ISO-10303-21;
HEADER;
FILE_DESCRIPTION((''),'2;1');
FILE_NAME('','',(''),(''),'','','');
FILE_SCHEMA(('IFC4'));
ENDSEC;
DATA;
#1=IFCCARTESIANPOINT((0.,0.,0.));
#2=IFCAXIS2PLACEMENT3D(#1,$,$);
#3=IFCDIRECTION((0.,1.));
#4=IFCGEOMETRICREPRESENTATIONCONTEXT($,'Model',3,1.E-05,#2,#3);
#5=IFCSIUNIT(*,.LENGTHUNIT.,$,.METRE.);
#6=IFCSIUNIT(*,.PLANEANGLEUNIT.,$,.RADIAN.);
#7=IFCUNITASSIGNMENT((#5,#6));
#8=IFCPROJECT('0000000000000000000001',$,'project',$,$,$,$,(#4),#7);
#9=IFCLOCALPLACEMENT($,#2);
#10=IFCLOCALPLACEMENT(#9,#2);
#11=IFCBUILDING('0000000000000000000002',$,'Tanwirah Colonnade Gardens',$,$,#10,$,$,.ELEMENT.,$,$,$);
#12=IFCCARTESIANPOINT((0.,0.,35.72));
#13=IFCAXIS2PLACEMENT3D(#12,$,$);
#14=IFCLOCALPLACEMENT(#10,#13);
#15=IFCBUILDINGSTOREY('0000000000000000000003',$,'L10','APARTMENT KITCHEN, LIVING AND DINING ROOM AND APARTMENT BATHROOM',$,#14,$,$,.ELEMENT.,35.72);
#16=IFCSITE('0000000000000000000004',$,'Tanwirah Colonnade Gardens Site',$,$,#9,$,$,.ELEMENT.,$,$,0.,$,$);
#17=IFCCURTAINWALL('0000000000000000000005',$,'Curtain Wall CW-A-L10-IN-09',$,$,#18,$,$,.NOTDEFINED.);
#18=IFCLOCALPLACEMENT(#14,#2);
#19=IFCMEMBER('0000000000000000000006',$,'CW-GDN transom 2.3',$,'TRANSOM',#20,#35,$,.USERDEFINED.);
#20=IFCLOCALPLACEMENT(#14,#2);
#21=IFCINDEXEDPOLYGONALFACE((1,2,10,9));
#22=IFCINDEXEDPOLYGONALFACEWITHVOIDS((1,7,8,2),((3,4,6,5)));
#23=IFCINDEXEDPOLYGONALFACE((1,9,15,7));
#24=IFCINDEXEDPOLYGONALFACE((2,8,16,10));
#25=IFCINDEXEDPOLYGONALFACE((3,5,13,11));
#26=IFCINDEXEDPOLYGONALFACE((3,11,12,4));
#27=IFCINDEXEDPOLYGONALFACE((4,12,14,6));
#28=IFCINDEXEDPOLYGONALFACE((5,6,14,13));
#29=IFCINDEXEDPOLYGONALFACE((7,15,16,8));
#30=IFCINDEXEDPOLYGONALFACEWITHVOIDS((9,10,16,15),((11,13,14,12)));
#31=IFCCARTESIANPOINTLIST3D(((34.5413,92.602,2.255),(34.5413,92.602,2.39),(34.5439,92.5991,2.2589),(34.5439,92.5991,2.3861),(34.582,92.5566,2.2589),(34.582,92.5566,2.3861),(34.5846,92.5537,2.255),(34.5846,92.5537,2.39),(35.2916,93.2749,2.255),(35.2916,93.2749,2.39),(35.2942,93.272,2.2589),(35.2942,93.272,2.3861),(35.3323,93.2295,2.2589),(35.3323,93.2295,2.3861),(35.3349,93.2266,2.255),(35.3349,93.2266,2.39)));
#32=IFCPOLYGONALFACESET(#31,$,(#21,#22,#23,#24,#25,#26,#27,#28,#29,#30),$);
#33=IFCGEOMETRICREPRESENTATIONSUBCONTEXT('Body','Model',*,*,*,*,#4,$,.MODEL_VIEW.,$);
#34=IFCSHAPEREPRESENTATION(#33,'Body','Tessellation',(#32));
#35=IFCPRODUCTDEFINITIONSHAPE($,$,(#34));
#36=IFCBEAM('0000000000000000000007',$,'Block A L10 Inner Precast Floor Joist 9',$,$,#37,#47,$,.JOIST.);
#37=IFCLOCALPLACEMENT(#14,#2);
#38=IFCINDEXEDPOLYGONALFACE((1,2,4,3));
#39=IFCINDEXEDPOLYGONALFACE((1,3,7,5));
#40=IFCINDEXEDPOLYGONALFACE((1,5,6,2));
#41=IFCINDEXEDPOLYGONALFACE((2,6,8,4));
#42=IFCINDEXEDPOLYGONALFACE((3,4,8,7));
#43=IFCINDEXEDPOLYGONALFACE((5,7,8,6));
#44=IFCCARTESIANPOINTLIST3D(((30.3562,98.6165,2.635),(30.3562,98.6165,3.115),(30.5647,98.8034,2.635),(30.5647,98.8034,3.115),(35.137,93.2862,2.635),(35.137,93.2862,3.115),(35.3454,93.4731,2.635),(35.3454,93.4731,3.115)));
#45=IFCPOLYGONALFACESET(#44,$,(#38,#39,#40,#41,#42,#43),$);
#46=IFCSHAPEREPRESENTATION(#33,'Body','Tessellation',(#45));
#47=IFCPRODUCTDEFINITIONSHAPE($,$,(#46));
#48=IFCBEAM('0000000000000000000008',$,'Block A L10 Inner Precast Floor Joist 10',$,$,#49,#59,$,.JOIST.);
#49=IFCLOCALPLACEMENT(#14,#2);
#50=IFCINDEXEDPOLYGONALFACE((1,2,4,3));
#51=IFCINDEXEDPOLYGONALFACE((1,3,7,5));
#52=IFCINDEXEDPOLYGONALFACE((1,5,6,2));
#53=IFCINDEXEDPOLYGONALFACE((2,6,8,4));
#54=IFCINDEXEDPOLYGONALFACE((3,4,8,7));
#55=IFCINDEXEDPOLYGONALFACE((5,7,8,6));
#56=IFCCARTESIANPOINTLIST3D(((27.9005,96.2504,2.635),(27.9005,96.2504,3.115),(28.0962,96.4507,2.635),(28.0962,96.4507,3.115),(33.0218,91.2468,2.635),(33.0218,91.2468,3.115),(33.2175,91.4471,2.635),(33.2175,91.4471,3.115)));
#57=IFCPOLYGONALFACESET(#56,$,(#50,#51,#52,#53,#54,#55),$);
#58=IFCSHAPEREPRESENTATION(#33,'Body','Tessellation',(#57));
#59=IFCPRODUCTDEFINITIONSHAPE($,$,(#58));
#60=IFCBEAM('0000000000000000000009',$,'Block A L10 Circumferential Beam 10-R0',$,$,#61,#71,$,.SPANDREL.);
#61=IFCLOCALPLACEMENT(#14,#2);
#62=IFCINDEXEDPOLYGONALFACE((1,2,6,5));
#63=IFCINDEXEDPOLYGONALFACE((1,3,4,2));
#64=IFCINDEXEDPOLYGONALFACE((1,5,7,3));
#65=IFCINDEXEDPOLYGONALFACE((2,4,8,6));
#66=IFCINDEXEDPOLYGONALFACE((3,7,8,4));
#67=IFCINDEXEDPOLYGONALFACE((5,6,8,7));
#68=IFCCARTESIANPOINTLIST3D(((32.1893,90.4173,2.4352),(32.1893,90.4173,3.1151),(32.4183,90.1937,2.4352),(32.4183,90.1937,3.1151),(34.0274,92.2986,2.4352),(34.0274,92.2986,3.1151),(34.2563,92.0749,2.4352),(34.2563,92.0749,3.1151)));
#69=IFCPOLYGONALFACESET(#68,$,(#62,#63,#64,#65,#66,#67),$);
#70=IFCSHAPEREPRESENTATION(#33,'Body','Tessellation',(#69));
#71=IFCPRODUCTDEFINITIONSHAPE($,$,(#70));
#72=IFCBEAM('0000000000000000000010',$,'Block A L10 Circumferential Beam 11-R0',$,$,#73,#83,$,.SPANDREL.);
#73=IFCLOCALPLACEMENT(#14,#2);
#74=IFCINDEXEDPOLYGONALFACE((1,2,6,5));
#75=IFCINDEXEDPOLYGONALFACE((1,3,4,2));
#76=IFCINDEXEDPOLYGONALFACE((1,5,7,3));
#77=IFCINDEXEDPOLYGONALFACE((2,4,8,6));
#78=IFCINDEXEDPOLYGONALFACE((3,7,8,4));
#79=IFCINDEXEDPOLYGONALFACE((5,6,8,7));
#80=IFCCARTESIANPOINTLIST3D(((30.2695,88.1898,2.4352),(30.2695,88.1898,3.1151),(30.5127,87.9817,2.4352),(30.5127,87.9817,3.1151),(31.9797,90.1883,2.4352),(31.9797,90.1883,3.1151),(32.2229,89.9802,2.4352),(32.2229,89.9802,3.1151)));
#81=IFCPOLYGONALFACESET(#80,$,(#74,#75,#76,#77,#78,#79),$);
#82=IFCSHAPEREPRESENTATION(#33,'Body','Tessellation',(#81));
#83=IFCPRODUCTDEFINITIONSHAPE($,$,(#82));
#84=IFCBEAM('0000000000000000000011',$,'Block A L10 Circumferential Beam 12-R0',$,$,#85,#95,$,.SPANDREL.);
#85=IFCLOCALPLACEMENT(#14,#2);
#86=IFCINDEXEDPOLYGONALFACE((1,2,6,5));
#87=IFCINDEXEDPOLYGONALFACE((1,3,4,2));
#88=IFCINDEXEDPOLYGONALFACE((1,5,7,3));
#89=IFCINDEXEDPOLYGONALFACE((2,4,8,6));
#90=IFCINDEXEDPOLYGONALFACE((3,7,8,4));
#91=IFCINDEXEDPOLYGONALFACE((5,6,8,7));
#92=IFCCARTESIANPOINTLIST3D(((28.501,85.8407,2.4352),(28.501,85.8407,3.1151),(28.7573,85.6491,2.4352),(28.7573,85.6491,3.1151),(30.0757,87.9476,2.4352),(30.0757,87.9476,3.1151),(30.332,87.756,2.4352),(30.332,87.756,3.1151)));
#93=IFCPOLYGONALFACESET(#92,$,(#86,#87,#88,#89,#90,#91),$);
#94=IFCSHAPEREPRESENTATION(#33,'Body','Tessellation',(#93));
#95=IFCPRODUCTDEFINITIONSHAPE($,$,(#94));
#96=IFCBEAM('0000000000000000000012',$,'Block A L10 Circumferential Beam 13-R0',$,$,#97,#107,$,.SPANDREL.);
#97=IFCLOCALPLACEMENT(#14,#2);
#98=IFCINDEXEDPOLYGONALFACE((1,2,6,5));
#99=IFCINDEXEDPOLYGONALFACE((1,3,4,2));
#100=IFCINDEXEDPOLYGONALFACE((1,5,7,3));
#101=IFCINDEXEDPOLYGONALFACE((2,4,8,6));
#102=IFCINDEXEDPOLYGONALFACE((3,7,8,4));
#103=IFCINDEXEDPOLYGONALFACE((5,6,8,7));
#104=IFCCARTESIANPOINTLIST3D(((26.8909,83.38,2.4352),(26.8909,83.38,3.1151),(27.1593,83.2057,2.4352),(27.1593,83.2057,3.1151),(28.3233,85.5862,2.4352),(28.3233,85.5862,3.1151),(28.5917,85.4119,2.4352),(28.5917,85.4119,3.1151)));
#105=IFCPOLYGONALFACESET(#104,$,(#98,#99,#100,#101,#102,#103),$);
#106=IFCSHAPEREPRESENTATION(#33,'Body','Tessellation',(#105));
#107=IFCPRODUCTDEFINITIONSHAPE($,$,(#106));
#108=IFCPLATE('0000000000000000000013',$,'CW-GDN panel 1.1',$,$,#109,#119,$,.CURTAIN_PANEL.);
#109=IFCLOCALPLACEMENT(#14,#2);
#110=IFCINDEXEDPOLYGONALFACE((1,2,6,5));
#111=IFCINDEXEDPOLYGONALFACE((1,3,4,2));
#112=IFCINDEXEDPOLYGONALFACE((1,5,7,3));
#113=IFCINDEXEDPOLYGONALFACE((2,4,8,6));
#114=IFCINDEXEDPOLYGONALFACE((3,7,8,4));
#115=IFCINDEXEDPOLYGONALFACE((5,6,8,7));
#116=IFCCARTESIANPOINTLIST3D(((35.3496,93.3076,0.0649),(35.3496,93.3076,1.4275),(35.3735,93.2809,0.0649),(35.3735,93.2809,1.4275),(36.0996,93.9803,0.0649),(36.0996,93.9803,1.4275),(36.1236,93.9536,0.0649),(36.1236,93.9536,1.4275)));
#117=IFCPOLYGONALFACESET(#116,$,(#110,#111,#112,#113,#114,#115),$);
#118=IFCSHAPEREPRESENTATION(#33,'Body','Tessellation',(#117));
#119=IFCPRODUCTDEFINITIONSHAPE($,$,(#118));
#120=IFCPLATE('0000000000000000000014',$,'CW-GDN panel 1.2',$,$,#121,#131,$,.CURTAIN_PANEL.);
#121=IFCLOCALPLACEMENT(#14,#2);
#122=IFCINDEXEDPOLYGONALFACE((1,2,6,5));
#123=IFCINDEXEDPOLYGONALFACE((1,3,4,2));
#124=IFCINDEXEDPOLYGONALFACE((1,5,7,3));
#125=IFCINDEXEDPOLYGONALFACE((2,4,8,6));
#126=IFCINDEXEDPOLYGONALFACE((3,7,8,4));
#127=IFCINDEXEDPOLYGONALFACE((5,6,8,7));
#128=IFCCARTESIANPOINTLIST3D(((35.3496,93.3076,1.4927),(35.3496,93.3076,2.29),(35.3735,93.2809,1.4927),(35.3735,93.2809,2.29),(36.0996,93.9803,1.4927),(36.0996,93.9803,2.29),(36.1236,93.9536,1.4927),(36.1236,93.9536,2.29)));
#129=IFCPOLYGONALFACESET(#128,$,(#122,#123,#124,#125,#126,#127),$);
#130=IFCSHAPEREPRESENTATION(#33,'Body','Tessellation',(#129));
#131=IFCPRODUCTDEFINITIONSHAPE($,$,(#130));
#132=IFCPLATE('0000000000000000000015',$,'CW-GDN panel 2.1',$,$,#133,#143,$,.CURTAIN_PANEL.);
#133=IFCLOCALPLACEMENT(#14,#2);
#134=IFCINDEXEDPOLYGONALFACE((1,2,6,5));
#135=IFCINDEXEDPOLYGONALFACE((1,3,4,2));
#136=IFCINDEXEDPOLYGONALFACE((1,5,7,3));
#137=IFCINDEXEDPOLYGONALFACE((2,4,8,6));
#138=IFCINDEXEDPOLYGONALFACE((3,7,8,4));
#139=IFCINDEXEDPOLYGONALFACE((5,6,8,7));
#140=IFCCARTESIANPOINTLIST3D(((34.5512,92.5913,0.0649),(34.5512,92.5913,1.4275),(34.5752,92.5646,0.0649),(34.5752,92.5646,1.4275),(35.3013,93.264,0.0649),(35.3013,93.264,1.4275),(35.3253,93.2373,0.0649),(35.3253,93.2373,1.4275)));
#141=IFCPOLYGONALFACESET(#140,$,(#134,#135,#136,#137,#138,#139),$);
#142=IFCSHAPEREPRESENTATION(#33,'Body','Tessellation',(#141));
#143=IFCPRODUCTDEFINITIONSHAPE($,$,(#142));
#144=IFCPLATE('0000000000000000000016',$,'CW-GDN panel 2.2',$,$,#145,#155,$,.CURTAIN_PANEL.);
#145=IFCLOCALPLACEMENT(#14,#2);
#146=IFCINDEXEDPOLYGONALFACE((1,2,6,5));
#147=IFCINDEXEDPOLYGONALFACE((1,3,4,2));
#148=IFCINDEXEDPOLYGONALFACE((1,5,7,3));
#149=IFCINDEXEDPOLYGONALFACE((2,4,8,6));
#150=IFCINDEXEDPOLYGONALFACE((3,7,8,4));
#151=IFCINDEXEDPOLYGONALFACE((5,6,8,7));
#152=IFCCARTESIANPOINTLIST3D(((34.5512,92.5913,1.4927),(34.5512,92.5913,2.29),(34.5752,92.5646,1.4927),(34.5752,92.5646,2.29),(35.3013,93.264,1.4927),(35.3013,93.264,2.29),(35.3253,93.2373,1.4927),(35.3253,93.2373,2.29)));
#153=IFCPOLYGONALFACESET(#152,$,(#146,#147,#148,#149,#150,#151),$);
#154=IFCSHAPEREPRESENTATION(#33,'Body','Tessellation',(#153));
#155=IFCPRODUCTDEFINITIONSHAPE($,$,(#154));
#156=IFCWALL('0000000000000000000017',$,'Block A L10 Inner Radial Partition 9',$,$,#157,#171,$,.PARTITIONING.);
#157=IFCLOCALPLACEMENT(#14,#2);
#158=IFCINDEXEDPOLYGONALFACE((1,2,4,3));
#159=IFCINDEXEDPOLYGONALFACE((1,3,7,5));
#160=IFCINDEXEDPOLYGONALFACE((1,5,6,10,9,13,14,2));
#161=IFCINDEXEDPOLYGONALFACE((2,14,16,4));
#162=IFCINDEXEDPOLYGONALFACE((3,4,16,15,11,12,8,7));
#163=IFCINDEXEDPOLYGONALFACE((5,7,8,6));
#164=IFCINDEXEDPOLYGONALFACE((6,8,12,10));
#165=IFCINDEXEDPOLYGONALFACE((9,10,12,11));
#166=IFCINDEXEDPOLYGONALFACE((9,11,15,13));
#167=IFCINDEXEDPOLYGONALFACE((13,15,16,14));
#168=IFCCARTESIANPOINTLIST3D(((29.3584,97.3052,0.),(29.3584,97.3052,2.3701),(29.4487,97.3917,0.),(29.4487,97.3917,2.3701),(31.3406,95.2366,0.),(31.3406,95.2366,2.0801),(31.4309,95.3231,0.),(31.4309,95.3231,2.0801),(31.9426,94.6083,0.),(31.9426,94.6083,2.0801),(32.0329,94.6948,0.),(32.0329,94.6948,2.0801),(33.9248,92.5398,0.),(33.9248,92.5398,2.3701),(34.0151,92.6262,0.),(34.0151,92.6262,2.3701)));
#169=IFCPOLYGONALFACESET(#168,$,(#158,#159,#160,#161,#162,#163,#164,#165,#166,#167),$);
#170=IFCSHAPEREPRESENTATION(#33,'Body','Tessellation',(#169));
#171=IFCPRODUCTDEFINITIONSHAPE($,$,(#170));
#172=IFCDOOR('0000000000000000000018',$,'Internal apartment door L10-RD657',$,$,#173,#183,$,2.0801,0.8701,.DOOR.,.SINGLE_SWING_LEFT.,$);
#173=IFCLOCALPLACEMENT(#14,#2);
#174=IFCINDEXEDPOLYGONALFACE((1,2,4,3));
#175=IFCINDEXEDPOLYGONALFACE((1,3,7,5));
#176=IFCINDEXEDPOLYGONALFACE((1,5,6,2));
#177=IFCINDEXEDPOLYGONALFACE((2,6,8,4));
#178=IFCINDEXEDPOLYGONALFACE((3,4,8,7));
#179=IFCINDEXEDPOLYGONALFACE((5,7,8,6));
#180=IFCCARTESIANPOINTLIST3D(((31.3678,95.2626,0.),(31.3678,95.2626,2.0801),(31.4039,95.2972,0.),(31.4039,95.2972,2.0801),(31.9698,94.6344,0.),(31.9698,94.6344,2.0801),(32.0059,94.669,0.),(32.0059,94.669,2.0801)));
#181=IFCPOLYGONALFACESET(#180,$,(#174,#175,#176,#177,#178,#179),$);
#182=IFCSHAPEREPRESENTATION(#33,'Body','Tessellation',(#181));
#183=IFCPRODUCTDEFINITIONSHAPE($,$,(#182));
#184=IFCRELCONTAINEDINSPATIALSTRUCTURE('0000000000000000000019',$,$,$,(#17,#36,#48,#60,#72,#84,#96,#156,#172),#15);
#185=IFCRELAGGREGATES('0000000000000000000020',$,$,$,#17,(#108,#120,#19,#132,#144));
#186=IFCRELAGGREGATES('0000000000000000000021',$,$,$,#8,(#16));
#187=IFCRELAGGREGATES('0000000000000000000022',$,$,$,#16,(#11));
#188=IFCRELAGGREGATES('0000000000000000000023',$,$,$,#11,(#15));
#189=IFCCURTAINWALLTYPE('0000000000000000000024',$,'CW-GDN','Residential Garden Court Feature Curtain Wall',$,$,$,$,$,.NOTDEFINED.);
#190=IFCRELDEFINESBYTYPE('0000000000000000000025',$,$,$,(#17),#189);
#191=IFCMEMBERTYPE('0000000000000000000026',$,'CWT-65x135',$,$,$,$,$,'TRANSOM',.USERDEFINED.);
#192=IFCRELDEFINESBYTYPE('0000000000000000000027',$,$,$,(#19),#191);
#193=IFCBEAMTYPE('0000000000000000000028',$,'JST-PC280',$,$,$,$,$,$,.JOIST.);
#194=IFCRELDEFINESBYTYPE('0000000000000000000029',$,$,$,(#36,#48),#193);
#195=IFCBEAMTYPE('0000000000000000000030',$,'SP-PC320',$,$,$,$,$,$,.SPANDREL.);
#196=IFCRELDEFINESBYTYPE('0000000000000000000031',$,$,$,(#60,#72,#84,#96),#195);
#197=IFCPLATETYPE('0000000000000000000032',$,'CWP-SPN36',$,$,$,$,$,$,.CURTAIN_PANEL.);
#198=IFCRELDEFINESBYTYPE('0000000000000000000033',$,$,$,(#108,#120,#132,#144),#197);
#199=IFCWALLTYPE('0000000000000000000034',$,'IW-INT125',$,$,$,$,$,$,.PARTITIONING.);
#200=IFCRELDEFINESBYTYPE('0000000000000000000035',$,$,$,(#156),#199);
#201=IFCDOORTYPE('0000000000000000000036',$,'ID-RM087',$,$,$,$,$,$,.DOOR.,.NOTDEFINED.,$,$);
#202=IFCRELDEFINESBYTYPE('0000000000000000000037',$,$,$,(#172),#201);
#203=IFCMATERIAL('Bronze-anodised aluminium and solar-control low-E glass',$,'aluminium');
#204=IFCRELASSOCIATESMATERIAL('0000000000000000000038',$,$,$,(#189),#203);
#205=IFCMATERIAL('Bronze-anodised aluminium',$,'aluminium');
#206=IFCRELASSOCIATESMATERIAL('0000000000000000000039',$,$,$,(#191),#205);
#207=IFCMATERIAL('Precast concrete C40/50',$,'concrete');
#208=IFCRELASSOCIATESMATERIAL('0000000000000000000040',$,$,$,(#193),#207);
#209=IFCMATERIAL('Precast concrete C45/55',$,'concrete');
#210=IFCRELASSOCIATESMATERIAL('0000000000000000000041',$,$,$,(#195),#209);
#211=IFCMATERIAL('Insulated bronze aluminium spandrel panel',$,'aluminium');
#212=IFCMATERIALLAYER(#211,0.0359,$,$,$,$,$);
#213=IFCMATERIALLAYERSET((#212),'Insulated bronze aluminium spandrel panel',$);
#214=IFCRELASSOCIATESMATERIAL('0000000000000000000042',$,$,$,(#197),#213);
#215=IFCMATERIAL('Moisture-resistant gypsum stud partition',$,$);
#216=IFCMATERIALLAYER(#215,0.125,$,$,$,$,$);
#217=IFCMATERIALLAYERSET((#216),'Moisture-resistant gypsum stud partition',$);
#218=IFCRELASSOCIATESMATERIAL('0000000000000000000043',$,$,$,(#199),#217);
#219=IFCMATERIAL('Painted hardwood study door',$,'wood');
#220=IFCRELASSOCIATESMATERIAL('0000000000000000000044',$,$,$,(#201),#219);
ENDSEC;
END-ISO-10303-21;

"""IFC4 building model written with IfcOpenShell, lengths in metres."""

from ifc_helpers import new_model, si_unit, direction, frame, frame_2d, origin, origin_2d, place, context, subcontext, project, spatial, rectangle, hollow_rectangle, extrude, material, layer, layer_set, material_profile, profile_set, type_object, element, fill, aggregate, save


model = new_model("IFC4")

# Units and contexts
model_context = context("Model", 3, precision=1e-05, world=origin(), true_north=direction((0.0, 1.0)))
body_context = subcontext(model_context, "Body", "Model", "MODEL_VIEW")
ifc_project = project(units=[si_unit("LENGTHUNIT", "METRE"), si_unit("PLANEANGLEUNIT", "RADIAN")], contexts=[model_context])

# Site, building, storey
site_placement = place(None, origin())
site = spatial("IfcSite", under=ifc_project, at=site_placement, Name="Tanwirah Colonnade Gardens Site", CompositionType="ELEMENT", RefElevation=0.0)
building_placement = place(site_placement, origin())
building = spatial("IfcBuilding", under=site, at=building_placement, Name="Tanwirah Colonnade Gardens", CompositionType="ELEMENT")
storey_placement = place(building_placement, frame((0.0, 0.0, 35.72)))
storey = spatial("IfcBuildingStorey", under=building, at=storey_placement, Name="L10", Description="APARTMENT KITCHEN, LIVING AND DINING ROOM AND APARTMENT BATHROOM", CompositionType="ELEMENT", Elevation=35.72)

# Shared definitions
ifc_material_1 = material(Name="Precast concrete C40/50", Category="concrete")

# Curtain wall, member
ifc_material_2 = material(Name="Bronze-anodised aluminium and solar-control low-E glass", Category="aluminium")
curtain_wall_type = type_object("IfcCurtainWallType", Name="CW-GDN", Description="Residential Garden Court Feature Curtain Wall", PredefinedType="NOTDEFINED", material=ifc_material_2)
curtain_wall_placement = place(storey_placement, origin())
curtain_wall = element("IfcCurtainWall", 1, at=curtain_wall_placement, inside=storey, type_object=curtain_wall_type, Name="Curtain Wall CW-A-L10-IN-09", PredefinedType="NOTDEFINED")
ifc_material_3 = material(Name="Bronze-anodised aluminium", Category="aluminium")
ifc_material_profile_1 = material_profile(ifc_material_3, hollow_rectangle(XDim=0.0649, YDim=0.135, WallThickness=0.0039, at=origin_2d()), Name="CW-TRN 65x135x4")
ifc_profile_set_1 = profile_set([ifc_material_profile_1], Name="Bronze-anodised aluminium")
member_type_1 = type_object("IfcMemberType", Name="CWT-65x135", ElementType="TRANSOM", PredefinedType="USERDEFINED", material=ifc_profile_set_1)
member_1_placement = place(storey_placement, frame((35.3132, 93.2507, 2.3225), z_axis=(-0.744461, -0.667665, 0.0), x_axis=(0.667665, -0.744461, 0.0)))
member_1 = element("IfcMember", 2, at=member_1_placement, type_object=member_type_1, Name="CW-GDN transom 2.3", ObjectType="TRANSOM", PredefinedType="USERDEFINED", context=body_context, shape_type="SweptSolid", body=[
    extrude(hollow_rectangle(XDim=0.0649, YDim=0.135, WallThickness=0.0039, at=origin_2d()), origin(), (0.0, 0.0, 1.0), 1.0078),
])

# Beams
ifc_material_profile_2 = material_profile(ifc_material_1, rectangle(XDim=0.28, YDim=0.48, at=origin_2d()), Name="PC-JST 280x480")
ifc_profile_set_2 = profile_set([ifc_material_profile_2], Name="Precast concrete C40/50")
beam_type_1 = type_object("IfcBeamType", Name="JST-PC280", PredefinedType="JOIST", material=ifc_profile_set_2)
beam_1_placement = place(storey_placement, frame((35.2412, 93.3796, 2.875), z_axis=(-0.667688, 0.744441, 0.0), x_axis=(-0.744441, -0.667688, 0.0)))
element("IfcBeam", 3, at=beam_1_placement, inside=storey, type_object=beam_type_1, Name="Block A L10 Inner Precast Floor Joist 9", PredefinedType="JOIST", context=body_context, shape_type="SweptSolid", body=[
    extrude(rectangle(XDim=0.28, YDim=0.48, at=origin_2d()), origin(), (0.0, 0.0, 1.0), 7.1602),
])
beam_2_placement = place(storey_placement, frame((33.1196, 91.3469, 2.875), z_axis=(-0.715277, 0.698841, 0.0), x_axis=(-0.698841, -0.715277, 0.0)))
element("IfcBeam", 4, at=beam_2_placement, inside=storey, type_object=beam_type_1, Name="Block A L10 Inner Precast Floor Joist 10", PredefinedType="JOIST", context=body_context, shape_type="SweptSolid", body=[
    extrude(rectangle(XDim=0.28, YDim=0.48, at=origin_2d()), origin(), (0.0, 0.0, 1.0), 7.1599),
])
ifc_material_4 = material(Name="Precast concrete C45/55", Category="concrete")
ifc_material_profile_3 = material_profile(ifc_material_4, rectangle(XDim=0.3201, YDim=0.6799, at=origin_2d()), Name="PC-SP 320x680")
ifc_profile_set_3 = profile_set([ifc_material_profile_3], Name="Precast concrete C45/55")
beam_type_2 = type_object("IfcBeamType", Name="SP-PC320", PredefinedType="SPANDREL", material=ifc_profile_set_3)
beam_3_placement = place(storey_placement, frame((34.1418, 92.1868, 2.7751), z_axis=(-0.698844, -0.715274, 0.0), x_axis=(0.715274, -0.698844, 0.0)))
element("IfcBeam", 5, at=beam_3_placement, inside=storey, type_object=beam_type_2, Name="Block A L10 Circumferential Beam 10-R0", PredefinedType="SPANDREL", context=body_context, shape_type="SweptSolid", body=[
    extrude(rectangle(XDim=0.3201, YDim=0.6799, at=origin_2d()), origin(), (0.0, 0.0, 1.0), 2.6301),
])
for number, where, z_axis, x_axis, name in (
    (6, (32.1013, 90.0842, 2.7751), (-0.650172, -0.759787, 0.0), (0.759787, -0.650172, 0.0), "Block A L10 Circumferential Beam 11-R0"),
    (7, (30.2039, 87.8518, 2.7751), (-0.598663, -0.801001, 0.0), (0.801001, -0.598663, 0.0), "Block A L10 Circumferential Beam 12-R0"),
    (8, (28.4575, 85.499, 2.7751), (-0.544571, -0.838715, 0.0), (0.838715, -0.544571, 0.0), "Block A L10 Circumferential Beam 13-R0"),
):
    element("IfcBeam", number, at=place(storey_placement, frame(where, z_axis=z_axis, x_axis=x_axis)), inside=storey, type_object=beam_type_2, Name=name, PredefinedType="SPANDREL", context=body_context, shape_type="SweptSolid", body=[
        extrude(rectangle(XDim=0.3201, YDim=0.6799, at=origin_2d()), origin(), (0.0, 0.0, 1.0), 2.6304),
    ])

# Plates
ifc_material_5 = material(Name="Insulated bronze aluminium spandrel panel", Category="aluminium")
ifc_layer_1 = layer(ifc_material_5, 0.0359)
ifc_layer_set_1 = layer_set([ifc_layer_1], Name="Insulated bronze aluminium spandrel panel")
plate_type = type_object("IfcPlateType", Name="CWP-SPN36", PredefinedType="CURTAIN_PANEL", material=ifc_layer_set_1)
plate_1_placement = place(storey_placement, frame((35.7366, 93.6306, 0.0649), z_axis=(0.0, 0.0, 1.0), x_axis=(-0.74444, -0.667689, 0.0)))
plate_1 = element("IfcPlate", 9, at=plate_1_placement, type_object=plate_type, Name="CW-GDN panel 1.1", PredefinedType="CURTAIN_PANEL", context=body_context, shape_type="SweptSolid", body=[
    extrude(rectangle(XDim=1.0076, YDim=0.0359, at=origin_2d()), origin(), (0.0, 0.0, 1.0), 1.3625),
])
plate_2_placement = place(storey_placement, frame((35.7366, 93.6306, 1.4927), z_axis=(0.0, 0.0, 1.0), x_axis=(-0.74444, -0.667689, 0.0)))
plate_2 = element("IfcPlate", 10, at=plate_2_placement, type_object=plate_type, Name="CW-GDN panel 1.2", PredefinedType="CURTAIN_PANEL", context=body_context, shape_type="SweptSolid", body=[
    extrude(rectangle(XDim=1.0076, YDim=0.0359, at=origin_2d()), origin(), (0.0, 0.0, 1.0), 0.7974),
])
plate_3_placement = place(storey_placement, frame((34.9382, 92.9143, 0.0649), z_axis=(0.0, 0.0, 1.0), x_axis=(-0.74444, -0.667689, 0.0)))
plate_3 = element("IfcPlate", 11, at=plate_3_placement, type_object=plate_type, Name="CW-GDN panel 2.1", PredefinedType="CURTAIN_PANEL", context=body_context, shape_type="SweptSolid", body=[
    extrude(rectangle(XDim=1.0076, YDim=0.0359, at=origin_2d()), origin(), (0.0, 0.0, 1.0), 1.3625),
])
plate_4_placement = place(storey_placement, frame((34.9382, 92.9143, 1.4927), z_axis=(0.0, 0.0, 1.0), x_axis=(-0.74444, -0.667689, 0.0)))
plate_4 = element("IfcPlate", 12, at=plate_4_placement, type_object=plate_type, Name="CW-GDN panel 2.2", PredefinedType="CURTAIN_PANEL", context=body_context, shape_type="SweptSolid", body=[
    extrude(rectangle(XDim=1.0076, YDim=0.0359, at=origin_2d()), origin(), (0.0, 0.0, 1.0), 0.7974),
])
aggregate(curtain_wall, [plate_1, plate_2, member_1, plate_3, plate_4])

# Wall, opening, door
ifc_material_6 = material(Name="Moisture-resistant gypsum stud partition")
ifc_layer_2 = layer(ifc_material_6, 0.125)
ifc_layer_set_2 = layer_set([ifc_layer_2], Name="Moisture-resistant gypsum stud partition")
wall_type_1 = type_object("IfcWallType", Name="IW-INT125", PredefinedType="PARTITIONING", material=ifc_layer_set_2)
wall_1_placement = place(storey_placement, frame((33.97, 92.583, 0.0), z_axis=(0.0, 0.0, 1.0), x_axis=(-0.691872, 0.72202, 0.0)))
wall_1 = element("IfcWall", 13, at=wall_1_placement, inside=storey, type_object=wall_type_1, Name="Block A L10 Inner Radial Partition 9", PredefinedType="PARTITIONING", context=body_context, shape_type="SweptSolid", body=[
    extrude(rectangle(XDim=6.6001, YDim=0.125, at=frame_2d((3.3, 0.0))), origin(), (0.0, 0.0, 1.0), 2.3701),
])
opening_placement = place(wall_1_placement, frame((2.865, 0.0, 0.0)))
opening = element("IfcOpeningElement", 14, at=opening_placement, cuts=wall_1, PredefinedType="OPENING", context=body_context, shape_type="SweptSolid", body=[
    extrude(rectangle(XDim=0.8701, YDim=2.0801, at=frame_2d((0.4351, 1.04))), frame((0.0, 0.0725, 0.0), z_axis=(0.0, -1.0, 0.0), x_axis=(1.0, 0.0, 0.0)), (0.0, 0.0, 1.0), 0.145),
])
ifc_material_7 = material(Name="Painted hardwood study door", Category="wood")
door_type = type_object("IfcDoorType", Name="ID-RM087", OperationType="NOTDEFINED", PredefinedType="DOOR", material=ifc_material_7)
door_placement = place(opening_placement, origin())
door = element("IfcDoor", 15, at=door_placement, inside=storey, type_object=door_type, Name="Internal apartment door L10-RD657", OperationType="SINGLE_SWING_LEFT", OverallHeight=2.0801, OverallWidth=0.8701, PredefinedType="DOOR", context=body_context, shape_type="SweptSolid", body=[
    extrude(rectangle(XDim=0.8701, YDim=2.0801, at=frame_2d((0.4351, 1.04))), frame((0.0, 0.0249, 0.0), z_axis=(0.0, -1.0, 0.0), x_axis=(1.0, 0.0, 0.0)), (0.0, 0.0, 1.0), 0.05),
])
fill(opening, door)

save(model, "model.ifc")
